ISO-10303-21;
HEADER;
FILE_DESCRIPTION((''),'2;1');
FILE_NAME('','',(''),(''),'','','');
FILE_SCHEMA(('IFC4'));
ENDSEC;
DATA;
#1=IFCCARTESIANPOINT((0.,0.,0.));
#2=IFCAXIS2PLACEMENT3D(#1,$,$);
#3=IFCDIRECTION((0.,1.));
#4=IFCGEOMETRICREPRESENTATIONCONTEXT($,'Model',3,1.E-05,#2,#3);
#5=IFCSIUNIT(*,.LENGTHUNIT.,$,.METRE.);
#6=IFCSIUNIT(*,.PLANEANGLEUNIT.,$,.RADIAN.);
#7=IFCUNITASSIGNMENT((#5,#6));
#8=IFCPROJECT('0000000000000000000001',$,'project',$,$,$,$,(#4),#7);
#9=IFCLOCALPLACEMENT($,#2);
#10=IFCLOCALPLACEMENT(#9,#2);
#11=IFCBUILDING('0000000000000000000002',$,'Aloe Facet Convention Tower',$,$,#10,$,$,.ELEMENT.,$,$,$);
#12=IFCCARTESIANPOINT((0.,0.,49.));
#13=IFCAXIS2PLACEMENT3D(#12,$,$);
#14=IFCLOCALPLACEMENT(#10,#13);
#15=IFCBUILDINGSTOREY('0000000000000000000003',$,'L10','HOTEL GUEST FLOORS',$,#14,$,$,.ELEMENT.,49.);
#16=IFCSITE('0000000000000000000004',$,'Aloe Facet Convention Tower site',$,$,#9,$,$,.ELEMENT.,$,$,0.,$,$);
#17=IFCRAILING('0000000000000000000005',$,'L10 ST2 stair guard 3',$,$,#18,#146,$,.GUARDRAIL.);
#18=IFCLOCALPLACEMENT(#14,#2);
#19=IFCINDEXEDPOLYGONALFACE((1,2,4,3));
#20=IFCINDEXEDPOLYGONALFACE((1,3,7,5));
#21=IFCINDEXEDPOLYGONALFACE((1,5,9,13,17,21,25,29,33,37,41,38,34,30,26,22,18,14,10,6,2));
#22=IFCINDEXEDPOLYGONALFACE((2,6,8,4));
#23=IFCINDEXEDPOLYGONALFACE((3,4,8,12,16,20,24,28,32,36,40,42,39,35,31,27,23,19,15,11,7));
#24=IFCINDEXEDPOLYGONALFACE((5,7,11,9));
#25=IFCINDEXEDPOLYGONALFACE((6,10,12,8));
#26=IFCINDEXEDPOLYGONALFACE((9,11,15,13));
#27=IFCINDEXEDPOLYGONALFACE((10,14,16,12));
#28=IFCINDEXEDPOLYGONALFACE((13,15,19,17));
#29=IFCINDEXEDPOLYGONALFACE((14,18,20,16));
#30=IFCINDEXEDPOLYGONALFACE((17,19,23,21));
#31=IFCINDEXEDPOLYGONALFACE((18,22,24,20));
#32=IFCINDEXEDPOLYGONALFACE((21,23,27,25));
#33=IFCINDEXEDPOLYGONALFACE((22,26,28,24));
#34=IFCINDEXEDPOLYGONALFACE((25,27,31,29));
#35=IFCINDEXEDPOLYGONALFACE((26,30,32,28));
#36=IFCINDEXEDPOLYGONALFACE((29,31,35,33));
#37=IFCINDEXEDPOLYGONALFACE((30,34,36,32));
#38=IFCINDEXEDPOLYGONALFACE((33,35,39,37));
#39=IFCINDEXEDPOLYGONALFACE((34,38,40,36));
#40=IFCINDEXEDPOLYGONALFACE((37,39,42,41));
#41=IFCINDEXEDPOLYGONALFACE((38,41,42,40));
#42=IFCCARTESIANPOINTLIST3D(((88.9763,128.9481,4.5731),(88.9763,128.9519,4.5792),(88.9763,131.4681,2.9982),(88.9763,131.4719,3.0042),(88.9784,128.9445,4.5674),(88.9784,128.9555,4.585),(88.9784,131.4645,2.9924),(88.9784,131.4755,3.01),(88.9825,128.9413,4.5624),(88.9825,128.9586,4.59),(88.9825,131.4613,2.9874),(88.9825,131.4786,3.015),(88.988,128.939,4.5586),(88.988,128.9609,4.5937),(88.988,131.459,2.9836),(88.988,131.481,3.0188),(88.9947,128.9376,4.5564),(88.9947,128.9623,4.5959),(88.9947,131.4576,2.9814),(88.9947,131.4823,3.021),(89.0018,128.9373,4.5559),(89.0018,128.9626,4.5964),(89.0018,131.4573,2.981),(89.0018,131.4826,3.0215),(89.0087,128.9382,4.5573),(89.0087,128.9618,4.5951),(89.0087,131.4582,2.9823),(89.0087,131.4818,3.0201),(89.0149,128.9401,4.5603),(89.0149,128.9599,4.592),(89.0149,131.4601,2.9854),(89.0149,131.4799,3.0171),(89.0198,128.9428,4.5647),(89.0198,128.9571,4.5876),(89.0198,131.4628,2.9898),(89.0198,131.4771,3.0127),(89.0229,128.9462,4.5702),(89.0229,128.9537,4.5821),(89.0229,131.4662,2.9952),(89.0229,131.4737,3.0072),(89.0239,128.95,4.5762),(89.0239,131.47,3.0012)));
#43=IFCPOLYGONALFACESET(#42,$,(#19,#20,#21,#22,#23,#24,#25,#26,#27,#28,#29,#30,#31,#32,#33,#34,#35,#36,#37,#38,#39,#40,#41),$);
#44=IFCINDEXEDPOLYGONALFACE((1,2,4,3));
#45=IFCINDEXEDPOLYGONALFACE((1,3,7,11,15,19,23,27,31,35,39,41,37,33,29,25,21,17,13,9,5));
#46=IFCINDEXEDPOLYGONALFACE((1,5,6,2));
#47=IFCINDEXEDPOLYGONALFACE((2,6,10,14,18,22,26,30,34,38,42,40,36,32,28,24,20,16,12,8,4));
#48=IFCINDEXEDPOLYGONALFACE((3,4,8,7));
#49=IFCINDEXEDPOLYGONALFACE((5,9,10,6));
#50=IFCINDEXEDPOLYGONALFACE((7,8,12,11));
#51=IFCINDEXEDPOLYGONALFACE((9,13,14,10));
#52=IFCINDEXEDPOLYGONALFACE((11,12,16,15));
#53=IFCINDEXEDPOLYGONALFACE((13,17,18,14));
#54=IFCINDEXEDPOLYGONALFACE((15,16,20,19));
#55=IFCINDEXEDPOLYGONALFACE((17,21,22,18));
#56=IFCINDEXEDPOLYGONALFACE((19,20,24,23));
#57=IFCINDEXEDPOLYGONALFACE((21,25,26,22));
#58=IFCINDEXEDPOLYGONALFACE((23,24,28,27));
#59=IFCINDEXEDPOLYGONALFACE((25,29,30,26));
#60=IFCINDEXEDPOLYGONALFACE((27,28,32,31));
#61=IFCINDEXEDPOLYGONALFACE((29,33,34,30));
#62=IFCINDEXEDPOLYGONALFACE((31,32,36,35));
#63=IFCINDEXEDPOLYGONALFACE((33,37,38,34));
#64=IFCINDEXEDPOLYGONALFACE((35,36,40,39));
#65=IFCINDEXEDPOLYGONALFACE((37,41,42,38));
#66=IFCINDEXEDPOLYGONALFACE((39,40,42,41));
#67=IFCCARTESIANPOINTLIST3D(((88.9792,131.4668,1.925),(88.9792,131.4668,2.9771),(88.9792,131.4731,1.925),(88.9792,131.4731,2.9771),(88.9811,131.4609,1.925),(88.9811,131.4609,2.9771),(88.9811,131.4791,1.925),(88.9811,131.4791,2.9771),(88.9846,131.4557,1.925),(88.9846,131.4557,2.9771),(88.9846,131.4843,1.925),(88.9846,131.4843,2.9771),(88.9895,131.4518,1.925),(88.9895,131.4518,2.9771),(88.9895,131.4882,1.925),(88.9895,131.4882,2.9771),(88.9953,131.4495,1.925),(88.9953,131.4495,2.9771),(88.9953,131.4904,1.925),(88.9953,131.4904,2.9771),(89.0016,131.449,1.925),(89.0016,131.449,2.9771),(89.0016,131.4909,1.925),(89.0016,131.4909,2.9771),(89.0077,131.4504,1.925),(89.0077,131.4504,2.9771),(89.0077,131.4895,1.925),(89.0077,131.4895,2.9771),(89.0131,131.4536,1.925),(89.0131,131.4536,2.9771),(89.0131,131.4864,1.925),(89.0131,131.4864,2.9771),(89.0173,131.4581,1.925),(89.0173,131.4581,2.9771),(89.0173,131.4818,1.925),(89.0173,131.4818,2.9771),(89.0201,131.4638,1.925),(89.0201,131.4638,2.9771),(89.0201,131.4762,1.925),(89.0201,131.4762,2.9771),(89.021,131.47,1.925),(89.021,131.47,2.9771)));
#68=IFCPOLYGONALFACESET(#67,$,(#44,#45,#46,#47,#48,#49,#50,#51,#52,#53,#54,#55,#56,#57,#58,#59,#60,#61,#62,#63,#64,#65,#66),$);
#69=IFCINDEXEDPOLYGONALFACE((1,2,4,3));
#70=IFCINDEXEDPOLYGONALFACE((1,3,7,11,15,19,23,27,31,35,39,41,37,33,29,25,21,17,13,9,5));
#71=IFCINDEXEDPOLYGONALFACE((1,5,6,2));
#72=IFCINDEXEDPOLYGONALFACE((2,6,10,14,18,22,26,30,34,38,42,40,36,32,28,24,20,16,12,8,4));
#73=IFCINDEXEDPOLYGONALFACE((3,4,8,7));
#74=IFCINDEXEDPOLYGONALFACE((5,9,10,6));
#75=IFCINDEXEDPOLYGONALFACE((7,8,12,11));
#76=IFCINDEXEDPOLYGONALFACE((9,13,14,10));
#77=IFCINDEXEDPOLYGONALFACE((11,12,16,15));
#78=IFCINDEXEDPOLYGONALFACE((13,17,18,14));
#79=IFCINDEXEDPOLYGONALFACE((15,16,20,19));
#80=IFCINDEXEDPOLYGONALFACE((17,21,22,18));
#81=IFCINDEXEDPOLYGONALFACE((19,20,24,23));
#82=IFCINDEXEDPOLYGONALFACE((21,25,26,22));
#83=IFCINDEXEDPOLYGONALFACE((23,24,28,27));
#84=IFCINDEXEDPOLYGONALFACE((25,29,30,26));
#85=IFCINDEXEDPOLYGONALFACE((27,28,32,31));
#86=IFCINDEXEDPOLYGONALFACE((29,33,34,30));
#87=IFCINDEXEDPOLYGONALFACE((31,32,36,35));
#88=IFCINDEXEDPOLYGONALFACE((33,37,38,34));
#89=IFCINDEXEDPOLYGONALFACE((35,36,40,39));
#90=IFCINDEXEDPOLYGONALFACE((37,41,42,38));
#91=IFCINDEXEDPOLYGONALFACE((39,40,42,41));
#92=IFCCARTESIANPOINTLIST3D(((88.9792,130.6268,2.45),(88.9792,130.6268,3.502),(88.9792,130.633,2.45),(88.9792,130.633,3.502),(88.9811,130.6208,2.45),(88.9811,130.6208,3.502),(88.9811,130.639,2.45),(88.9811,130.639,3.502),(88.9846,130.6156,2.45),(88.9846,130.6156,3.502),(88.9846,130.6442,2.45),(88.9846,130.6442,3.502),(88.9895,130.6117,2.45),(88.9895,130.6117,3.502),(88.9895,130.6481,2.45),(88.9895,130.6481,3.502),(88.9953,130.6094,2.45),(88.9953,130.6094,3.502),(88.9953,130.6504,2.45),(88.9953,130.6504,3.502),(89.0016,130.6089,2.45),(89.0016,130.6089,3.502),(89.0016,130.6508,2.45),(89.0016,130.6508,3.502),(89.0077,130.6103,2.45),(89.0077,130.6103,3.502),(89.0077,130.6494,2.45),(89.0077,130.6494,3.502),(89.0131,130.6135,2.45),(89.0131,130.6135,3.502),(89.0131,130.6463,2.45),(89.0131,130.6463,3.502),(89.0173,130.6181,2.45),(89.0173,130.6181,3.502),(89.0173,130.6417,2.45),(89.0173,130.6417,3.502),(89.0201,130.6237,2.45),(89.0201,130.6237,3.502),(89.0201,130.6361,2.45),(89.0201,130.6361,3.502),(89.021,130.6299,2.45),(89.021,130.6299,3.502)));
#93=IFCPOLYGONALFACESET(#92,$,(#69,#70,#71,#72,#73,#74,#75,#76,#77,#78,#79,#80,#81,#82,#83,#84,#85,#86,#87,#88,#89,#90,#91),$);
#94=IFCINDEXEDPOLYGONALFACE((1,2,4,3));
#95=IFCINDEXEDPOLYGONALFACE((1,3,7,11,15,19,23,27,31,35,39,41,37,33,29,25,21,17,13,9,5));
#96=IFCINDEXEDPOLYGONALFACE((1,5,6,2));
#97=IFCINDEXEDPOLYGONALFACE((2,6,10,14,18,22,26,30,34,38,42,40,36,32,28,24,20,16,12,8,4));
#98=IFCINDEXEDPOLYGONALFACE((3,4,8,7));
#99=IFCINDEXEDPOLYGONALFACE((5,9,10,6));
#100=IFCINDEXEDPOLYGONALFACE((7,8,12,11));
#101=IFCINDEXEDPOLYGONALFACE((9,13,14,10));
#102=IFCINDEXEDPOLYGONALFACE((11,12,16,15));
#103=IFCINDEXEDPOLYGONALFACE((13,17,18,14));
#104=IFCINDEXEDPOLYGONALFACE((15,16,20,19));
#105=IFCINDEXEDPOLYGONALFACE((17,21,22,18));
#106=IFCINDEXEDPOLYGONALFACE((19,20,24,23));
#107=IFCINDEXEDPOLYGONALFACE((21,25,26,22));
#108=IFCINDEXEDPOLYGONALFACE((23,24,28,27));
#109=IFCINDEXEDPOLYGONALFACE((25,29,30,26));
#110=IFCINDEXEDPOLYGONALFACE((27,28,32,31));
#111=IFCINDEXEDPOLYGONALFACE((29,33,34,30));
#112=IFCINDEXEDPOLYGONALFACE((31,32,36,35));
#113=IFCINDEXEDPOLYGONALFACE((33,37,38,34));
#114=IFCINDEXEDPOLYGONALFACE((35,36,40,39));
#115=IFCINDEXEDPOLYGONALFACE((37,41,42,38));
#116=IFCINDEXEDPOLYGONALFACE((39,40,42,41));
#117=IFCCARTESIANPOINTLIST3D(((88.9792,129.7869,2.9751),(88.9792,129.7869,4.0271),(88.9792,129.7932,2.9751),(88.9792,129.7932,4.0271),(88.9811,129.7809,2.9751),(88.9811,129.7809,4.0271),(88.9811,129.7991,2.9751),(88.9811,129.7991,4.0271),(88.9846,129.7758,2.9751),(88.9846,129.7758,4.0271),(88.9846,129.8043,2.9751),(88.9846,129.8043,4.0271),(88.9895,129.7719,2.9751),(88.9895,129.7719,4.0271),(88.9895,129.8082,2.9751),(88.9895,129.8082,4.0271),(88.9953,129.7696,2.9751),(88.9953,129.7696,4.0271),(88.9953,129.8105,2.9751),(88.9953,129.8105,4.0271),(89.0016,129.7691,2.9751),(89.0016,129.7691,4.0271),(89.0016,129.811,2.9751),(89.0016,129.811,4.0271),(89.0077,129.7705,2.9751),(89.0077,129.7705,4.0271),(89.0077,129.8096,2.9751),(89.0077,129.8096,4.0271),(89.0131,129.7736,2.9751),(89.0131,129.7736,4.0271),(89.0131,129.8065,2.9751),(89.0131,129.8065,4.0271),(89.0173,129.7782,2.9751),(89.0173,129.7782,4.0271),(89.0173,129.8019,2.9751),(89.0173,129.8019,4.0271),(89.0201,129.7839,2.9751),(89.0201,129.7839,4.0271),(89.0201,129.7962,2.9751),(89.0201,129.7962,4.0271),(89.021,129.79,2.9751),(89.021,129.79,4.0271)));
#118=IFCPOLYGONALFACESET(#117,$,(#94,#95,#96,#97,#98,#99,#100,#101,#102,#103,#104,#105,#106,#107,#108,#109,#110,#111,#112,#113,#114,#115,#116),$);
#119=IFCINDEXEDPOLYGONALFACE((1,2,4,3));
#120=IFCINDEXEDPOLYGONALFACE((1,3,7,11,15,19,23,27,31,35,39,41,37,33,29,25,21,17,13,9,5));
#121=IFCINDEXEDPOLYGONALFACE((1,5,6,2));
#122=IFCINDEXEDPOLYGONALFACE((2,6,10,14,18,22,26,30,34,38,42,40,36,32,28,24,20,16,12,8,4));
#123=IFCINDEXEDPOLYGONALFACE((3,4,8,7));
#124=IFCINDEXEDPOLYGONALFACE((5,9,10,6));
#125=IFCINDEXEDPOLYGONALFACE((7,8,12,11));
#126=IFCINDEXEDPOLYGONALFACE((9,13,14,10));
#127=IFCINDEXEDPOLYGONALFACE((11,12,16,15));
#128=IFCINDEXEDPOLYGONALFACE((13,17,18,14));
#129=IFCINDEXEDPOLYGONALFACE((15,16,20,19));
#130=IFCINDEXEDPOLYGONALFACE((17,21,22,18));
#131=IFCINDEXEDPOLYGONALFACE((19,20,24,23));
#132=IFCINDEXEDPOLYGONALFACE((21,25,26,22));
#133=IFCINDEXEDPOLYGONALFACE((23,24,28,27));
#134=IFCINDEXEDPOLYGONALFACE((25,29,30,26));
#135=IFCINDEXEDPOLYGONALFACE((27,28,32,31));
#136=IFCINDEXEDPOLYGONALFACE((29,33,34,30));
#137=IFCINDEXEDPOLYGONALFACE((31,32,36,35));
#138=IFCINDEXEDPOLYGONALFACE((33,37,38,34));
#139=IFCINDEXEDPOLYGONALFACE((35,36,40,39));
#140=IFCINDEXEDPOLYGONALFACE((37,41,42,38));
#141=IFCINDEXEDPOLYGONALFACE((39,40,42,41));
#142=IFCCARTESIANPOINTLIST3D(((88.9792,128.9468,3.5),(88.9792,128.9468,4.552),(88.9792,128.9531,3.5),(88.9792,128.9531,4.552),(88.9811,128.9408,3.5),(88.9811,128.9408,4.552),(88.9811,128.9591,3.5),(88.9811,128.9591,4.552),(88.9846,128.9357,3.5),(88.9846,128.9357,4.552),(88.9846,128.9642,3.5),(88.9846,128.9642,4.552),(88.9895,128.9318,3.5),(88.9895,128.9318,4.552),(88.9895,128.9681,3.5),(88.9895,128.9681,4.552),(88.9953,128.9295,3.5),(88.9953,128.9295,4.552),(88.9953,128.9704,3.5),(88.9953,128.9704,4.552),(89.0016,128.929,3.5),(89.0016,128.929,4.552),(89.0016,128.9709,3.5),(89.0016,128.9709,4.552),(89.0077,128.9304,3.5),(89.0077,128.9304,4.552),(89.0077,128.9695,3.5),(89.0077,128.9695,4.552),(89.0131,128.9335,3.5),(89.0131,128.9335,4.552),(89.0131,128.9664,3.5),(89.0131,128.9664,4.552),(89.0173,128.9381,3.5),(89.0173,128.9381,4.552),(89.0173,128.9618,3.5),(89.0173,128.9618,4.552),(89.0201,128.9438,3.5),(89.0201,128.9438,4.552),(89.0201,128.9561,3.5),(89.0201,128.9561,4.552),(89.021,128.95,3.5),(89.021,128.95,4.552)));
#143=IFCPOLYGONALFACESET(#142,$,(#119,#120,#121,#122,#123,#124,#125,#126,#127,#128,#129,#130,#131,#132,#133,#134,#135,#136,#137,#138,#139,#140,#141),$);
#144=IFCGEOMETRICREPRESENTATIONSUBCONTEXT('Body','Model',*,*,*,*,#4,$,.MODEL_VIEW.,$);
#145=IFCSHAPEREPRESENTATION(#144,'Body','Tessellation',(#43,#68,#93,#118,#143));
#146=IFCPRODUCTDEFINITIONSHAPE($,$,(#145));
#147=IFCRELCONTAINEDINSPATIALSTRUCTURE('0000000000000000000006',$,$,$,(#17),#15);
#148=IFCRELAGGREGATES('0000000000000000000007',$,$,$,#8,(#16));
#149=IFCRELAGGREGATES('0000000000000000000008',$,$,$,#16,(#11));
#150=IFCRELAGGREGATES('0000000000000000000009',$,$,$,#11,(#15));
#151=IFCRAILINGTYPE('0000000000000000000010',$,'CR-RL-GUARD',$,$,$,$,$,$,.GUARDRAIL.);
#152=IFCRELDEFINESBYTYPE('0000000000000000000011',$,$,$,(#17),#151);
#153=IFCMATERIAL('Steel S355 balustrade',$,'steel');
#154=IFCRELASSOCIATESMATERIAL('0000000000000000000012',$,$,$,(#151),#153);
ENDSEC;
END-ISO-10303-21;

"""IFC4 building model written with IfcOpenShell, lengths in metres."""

from ifc_helpers import new_model, si_unit, direction, frame, origin, origin_2d, place, context, subcontext, project, spatial, circle, extrude, material, type_object, element, save


model = new_model("IFC4")

# Units and contexts
model_context = context("Model", 3, precision=1e-05, world=origin(), true_north=direction((0.0, 1.0)))
body_context = subcontext(model_context, "Body", "Model", "MODEL_VIEW")
ifc_project = project(units=[si_unit("LENGTHUNIT", "METRE"), si_unit("PLANEANGLEUNIT", "RADIAN")], contexts=[model_context])

# Site, building, storey
site_placement = place(None, origin())
site = spatial("IfcSite", under=ifc_project, at=site_placement, Name="Aloe Facet Convention Tower site", CompositionType="ELEMENT", RefElevation=0.0)
building_placement = place(site_placement, origin())
building = spatial("IfcBuilding", under=site, at=building_placement, Name="Aloe Facet Convention Tower", CompositionType="ELEMENT")
storey_placement = place(building_placement, frame((0.0, 0.0, 49.0)))
storey = spatial("IfcBuildingStorey", under=building, at=storey_placement, Name="L10", Description="HOTEL GUEST FLOORS", CompositionType="ELEMENT", Elevation=49.0)

# Railing
ifc_material_1 = material(Name="Steel S355 balustrade", Category="steel")
railing_type_1 = type_object("IfcRailingType", Name="CR-RL-GUARD", PredefinedType="GUARDRAIL", material=ifc_material_1)
railing_1_placement = place(storey_placement, frame((89.0, 131.47, 1.925)))
element("IfcRailing", 1, at=railing_1_placement, inside=storey, type_object=railing_type_1, Name="L10 ST2 stair guard 3", PredefinedType="GUARDRAIL", context=body_context, shape_type="SweptSolid", body=[
    extrude(circle(Radius=0.0239, at=origin_2d()), frame((0.0, 0.0, 1.0762), z_axis=(0.0, -0.848008, 0.529984), x_axis=(1.0, 0.0, 0.0)), (0.0, 0.0, 1.0), 2.9717),
    extrude(circle(Radius=0.021, at=origin_2d()), origin(), (0.0, 0.0, 1.0), 1.052),
    extrude(circle(Radius=0.021, at=origin_2d()), frame((0.0, -0.8401, 0.5249)), (0.0, 0.0, 1.0), 1.052),
    extrude(circle(Radius=0.021, at=origin_2d()), frame((0.0, -1.6799, 1.05)), (0.0, 0.0, 1.0), 1.052),
    extrude(circle(Radius=0.021, at=origin_2d()), frame((0.0, -2.52, 1.575)), (0.0, 0.0, 1.0), 1.052),
])

save(model, "model.ifc")
